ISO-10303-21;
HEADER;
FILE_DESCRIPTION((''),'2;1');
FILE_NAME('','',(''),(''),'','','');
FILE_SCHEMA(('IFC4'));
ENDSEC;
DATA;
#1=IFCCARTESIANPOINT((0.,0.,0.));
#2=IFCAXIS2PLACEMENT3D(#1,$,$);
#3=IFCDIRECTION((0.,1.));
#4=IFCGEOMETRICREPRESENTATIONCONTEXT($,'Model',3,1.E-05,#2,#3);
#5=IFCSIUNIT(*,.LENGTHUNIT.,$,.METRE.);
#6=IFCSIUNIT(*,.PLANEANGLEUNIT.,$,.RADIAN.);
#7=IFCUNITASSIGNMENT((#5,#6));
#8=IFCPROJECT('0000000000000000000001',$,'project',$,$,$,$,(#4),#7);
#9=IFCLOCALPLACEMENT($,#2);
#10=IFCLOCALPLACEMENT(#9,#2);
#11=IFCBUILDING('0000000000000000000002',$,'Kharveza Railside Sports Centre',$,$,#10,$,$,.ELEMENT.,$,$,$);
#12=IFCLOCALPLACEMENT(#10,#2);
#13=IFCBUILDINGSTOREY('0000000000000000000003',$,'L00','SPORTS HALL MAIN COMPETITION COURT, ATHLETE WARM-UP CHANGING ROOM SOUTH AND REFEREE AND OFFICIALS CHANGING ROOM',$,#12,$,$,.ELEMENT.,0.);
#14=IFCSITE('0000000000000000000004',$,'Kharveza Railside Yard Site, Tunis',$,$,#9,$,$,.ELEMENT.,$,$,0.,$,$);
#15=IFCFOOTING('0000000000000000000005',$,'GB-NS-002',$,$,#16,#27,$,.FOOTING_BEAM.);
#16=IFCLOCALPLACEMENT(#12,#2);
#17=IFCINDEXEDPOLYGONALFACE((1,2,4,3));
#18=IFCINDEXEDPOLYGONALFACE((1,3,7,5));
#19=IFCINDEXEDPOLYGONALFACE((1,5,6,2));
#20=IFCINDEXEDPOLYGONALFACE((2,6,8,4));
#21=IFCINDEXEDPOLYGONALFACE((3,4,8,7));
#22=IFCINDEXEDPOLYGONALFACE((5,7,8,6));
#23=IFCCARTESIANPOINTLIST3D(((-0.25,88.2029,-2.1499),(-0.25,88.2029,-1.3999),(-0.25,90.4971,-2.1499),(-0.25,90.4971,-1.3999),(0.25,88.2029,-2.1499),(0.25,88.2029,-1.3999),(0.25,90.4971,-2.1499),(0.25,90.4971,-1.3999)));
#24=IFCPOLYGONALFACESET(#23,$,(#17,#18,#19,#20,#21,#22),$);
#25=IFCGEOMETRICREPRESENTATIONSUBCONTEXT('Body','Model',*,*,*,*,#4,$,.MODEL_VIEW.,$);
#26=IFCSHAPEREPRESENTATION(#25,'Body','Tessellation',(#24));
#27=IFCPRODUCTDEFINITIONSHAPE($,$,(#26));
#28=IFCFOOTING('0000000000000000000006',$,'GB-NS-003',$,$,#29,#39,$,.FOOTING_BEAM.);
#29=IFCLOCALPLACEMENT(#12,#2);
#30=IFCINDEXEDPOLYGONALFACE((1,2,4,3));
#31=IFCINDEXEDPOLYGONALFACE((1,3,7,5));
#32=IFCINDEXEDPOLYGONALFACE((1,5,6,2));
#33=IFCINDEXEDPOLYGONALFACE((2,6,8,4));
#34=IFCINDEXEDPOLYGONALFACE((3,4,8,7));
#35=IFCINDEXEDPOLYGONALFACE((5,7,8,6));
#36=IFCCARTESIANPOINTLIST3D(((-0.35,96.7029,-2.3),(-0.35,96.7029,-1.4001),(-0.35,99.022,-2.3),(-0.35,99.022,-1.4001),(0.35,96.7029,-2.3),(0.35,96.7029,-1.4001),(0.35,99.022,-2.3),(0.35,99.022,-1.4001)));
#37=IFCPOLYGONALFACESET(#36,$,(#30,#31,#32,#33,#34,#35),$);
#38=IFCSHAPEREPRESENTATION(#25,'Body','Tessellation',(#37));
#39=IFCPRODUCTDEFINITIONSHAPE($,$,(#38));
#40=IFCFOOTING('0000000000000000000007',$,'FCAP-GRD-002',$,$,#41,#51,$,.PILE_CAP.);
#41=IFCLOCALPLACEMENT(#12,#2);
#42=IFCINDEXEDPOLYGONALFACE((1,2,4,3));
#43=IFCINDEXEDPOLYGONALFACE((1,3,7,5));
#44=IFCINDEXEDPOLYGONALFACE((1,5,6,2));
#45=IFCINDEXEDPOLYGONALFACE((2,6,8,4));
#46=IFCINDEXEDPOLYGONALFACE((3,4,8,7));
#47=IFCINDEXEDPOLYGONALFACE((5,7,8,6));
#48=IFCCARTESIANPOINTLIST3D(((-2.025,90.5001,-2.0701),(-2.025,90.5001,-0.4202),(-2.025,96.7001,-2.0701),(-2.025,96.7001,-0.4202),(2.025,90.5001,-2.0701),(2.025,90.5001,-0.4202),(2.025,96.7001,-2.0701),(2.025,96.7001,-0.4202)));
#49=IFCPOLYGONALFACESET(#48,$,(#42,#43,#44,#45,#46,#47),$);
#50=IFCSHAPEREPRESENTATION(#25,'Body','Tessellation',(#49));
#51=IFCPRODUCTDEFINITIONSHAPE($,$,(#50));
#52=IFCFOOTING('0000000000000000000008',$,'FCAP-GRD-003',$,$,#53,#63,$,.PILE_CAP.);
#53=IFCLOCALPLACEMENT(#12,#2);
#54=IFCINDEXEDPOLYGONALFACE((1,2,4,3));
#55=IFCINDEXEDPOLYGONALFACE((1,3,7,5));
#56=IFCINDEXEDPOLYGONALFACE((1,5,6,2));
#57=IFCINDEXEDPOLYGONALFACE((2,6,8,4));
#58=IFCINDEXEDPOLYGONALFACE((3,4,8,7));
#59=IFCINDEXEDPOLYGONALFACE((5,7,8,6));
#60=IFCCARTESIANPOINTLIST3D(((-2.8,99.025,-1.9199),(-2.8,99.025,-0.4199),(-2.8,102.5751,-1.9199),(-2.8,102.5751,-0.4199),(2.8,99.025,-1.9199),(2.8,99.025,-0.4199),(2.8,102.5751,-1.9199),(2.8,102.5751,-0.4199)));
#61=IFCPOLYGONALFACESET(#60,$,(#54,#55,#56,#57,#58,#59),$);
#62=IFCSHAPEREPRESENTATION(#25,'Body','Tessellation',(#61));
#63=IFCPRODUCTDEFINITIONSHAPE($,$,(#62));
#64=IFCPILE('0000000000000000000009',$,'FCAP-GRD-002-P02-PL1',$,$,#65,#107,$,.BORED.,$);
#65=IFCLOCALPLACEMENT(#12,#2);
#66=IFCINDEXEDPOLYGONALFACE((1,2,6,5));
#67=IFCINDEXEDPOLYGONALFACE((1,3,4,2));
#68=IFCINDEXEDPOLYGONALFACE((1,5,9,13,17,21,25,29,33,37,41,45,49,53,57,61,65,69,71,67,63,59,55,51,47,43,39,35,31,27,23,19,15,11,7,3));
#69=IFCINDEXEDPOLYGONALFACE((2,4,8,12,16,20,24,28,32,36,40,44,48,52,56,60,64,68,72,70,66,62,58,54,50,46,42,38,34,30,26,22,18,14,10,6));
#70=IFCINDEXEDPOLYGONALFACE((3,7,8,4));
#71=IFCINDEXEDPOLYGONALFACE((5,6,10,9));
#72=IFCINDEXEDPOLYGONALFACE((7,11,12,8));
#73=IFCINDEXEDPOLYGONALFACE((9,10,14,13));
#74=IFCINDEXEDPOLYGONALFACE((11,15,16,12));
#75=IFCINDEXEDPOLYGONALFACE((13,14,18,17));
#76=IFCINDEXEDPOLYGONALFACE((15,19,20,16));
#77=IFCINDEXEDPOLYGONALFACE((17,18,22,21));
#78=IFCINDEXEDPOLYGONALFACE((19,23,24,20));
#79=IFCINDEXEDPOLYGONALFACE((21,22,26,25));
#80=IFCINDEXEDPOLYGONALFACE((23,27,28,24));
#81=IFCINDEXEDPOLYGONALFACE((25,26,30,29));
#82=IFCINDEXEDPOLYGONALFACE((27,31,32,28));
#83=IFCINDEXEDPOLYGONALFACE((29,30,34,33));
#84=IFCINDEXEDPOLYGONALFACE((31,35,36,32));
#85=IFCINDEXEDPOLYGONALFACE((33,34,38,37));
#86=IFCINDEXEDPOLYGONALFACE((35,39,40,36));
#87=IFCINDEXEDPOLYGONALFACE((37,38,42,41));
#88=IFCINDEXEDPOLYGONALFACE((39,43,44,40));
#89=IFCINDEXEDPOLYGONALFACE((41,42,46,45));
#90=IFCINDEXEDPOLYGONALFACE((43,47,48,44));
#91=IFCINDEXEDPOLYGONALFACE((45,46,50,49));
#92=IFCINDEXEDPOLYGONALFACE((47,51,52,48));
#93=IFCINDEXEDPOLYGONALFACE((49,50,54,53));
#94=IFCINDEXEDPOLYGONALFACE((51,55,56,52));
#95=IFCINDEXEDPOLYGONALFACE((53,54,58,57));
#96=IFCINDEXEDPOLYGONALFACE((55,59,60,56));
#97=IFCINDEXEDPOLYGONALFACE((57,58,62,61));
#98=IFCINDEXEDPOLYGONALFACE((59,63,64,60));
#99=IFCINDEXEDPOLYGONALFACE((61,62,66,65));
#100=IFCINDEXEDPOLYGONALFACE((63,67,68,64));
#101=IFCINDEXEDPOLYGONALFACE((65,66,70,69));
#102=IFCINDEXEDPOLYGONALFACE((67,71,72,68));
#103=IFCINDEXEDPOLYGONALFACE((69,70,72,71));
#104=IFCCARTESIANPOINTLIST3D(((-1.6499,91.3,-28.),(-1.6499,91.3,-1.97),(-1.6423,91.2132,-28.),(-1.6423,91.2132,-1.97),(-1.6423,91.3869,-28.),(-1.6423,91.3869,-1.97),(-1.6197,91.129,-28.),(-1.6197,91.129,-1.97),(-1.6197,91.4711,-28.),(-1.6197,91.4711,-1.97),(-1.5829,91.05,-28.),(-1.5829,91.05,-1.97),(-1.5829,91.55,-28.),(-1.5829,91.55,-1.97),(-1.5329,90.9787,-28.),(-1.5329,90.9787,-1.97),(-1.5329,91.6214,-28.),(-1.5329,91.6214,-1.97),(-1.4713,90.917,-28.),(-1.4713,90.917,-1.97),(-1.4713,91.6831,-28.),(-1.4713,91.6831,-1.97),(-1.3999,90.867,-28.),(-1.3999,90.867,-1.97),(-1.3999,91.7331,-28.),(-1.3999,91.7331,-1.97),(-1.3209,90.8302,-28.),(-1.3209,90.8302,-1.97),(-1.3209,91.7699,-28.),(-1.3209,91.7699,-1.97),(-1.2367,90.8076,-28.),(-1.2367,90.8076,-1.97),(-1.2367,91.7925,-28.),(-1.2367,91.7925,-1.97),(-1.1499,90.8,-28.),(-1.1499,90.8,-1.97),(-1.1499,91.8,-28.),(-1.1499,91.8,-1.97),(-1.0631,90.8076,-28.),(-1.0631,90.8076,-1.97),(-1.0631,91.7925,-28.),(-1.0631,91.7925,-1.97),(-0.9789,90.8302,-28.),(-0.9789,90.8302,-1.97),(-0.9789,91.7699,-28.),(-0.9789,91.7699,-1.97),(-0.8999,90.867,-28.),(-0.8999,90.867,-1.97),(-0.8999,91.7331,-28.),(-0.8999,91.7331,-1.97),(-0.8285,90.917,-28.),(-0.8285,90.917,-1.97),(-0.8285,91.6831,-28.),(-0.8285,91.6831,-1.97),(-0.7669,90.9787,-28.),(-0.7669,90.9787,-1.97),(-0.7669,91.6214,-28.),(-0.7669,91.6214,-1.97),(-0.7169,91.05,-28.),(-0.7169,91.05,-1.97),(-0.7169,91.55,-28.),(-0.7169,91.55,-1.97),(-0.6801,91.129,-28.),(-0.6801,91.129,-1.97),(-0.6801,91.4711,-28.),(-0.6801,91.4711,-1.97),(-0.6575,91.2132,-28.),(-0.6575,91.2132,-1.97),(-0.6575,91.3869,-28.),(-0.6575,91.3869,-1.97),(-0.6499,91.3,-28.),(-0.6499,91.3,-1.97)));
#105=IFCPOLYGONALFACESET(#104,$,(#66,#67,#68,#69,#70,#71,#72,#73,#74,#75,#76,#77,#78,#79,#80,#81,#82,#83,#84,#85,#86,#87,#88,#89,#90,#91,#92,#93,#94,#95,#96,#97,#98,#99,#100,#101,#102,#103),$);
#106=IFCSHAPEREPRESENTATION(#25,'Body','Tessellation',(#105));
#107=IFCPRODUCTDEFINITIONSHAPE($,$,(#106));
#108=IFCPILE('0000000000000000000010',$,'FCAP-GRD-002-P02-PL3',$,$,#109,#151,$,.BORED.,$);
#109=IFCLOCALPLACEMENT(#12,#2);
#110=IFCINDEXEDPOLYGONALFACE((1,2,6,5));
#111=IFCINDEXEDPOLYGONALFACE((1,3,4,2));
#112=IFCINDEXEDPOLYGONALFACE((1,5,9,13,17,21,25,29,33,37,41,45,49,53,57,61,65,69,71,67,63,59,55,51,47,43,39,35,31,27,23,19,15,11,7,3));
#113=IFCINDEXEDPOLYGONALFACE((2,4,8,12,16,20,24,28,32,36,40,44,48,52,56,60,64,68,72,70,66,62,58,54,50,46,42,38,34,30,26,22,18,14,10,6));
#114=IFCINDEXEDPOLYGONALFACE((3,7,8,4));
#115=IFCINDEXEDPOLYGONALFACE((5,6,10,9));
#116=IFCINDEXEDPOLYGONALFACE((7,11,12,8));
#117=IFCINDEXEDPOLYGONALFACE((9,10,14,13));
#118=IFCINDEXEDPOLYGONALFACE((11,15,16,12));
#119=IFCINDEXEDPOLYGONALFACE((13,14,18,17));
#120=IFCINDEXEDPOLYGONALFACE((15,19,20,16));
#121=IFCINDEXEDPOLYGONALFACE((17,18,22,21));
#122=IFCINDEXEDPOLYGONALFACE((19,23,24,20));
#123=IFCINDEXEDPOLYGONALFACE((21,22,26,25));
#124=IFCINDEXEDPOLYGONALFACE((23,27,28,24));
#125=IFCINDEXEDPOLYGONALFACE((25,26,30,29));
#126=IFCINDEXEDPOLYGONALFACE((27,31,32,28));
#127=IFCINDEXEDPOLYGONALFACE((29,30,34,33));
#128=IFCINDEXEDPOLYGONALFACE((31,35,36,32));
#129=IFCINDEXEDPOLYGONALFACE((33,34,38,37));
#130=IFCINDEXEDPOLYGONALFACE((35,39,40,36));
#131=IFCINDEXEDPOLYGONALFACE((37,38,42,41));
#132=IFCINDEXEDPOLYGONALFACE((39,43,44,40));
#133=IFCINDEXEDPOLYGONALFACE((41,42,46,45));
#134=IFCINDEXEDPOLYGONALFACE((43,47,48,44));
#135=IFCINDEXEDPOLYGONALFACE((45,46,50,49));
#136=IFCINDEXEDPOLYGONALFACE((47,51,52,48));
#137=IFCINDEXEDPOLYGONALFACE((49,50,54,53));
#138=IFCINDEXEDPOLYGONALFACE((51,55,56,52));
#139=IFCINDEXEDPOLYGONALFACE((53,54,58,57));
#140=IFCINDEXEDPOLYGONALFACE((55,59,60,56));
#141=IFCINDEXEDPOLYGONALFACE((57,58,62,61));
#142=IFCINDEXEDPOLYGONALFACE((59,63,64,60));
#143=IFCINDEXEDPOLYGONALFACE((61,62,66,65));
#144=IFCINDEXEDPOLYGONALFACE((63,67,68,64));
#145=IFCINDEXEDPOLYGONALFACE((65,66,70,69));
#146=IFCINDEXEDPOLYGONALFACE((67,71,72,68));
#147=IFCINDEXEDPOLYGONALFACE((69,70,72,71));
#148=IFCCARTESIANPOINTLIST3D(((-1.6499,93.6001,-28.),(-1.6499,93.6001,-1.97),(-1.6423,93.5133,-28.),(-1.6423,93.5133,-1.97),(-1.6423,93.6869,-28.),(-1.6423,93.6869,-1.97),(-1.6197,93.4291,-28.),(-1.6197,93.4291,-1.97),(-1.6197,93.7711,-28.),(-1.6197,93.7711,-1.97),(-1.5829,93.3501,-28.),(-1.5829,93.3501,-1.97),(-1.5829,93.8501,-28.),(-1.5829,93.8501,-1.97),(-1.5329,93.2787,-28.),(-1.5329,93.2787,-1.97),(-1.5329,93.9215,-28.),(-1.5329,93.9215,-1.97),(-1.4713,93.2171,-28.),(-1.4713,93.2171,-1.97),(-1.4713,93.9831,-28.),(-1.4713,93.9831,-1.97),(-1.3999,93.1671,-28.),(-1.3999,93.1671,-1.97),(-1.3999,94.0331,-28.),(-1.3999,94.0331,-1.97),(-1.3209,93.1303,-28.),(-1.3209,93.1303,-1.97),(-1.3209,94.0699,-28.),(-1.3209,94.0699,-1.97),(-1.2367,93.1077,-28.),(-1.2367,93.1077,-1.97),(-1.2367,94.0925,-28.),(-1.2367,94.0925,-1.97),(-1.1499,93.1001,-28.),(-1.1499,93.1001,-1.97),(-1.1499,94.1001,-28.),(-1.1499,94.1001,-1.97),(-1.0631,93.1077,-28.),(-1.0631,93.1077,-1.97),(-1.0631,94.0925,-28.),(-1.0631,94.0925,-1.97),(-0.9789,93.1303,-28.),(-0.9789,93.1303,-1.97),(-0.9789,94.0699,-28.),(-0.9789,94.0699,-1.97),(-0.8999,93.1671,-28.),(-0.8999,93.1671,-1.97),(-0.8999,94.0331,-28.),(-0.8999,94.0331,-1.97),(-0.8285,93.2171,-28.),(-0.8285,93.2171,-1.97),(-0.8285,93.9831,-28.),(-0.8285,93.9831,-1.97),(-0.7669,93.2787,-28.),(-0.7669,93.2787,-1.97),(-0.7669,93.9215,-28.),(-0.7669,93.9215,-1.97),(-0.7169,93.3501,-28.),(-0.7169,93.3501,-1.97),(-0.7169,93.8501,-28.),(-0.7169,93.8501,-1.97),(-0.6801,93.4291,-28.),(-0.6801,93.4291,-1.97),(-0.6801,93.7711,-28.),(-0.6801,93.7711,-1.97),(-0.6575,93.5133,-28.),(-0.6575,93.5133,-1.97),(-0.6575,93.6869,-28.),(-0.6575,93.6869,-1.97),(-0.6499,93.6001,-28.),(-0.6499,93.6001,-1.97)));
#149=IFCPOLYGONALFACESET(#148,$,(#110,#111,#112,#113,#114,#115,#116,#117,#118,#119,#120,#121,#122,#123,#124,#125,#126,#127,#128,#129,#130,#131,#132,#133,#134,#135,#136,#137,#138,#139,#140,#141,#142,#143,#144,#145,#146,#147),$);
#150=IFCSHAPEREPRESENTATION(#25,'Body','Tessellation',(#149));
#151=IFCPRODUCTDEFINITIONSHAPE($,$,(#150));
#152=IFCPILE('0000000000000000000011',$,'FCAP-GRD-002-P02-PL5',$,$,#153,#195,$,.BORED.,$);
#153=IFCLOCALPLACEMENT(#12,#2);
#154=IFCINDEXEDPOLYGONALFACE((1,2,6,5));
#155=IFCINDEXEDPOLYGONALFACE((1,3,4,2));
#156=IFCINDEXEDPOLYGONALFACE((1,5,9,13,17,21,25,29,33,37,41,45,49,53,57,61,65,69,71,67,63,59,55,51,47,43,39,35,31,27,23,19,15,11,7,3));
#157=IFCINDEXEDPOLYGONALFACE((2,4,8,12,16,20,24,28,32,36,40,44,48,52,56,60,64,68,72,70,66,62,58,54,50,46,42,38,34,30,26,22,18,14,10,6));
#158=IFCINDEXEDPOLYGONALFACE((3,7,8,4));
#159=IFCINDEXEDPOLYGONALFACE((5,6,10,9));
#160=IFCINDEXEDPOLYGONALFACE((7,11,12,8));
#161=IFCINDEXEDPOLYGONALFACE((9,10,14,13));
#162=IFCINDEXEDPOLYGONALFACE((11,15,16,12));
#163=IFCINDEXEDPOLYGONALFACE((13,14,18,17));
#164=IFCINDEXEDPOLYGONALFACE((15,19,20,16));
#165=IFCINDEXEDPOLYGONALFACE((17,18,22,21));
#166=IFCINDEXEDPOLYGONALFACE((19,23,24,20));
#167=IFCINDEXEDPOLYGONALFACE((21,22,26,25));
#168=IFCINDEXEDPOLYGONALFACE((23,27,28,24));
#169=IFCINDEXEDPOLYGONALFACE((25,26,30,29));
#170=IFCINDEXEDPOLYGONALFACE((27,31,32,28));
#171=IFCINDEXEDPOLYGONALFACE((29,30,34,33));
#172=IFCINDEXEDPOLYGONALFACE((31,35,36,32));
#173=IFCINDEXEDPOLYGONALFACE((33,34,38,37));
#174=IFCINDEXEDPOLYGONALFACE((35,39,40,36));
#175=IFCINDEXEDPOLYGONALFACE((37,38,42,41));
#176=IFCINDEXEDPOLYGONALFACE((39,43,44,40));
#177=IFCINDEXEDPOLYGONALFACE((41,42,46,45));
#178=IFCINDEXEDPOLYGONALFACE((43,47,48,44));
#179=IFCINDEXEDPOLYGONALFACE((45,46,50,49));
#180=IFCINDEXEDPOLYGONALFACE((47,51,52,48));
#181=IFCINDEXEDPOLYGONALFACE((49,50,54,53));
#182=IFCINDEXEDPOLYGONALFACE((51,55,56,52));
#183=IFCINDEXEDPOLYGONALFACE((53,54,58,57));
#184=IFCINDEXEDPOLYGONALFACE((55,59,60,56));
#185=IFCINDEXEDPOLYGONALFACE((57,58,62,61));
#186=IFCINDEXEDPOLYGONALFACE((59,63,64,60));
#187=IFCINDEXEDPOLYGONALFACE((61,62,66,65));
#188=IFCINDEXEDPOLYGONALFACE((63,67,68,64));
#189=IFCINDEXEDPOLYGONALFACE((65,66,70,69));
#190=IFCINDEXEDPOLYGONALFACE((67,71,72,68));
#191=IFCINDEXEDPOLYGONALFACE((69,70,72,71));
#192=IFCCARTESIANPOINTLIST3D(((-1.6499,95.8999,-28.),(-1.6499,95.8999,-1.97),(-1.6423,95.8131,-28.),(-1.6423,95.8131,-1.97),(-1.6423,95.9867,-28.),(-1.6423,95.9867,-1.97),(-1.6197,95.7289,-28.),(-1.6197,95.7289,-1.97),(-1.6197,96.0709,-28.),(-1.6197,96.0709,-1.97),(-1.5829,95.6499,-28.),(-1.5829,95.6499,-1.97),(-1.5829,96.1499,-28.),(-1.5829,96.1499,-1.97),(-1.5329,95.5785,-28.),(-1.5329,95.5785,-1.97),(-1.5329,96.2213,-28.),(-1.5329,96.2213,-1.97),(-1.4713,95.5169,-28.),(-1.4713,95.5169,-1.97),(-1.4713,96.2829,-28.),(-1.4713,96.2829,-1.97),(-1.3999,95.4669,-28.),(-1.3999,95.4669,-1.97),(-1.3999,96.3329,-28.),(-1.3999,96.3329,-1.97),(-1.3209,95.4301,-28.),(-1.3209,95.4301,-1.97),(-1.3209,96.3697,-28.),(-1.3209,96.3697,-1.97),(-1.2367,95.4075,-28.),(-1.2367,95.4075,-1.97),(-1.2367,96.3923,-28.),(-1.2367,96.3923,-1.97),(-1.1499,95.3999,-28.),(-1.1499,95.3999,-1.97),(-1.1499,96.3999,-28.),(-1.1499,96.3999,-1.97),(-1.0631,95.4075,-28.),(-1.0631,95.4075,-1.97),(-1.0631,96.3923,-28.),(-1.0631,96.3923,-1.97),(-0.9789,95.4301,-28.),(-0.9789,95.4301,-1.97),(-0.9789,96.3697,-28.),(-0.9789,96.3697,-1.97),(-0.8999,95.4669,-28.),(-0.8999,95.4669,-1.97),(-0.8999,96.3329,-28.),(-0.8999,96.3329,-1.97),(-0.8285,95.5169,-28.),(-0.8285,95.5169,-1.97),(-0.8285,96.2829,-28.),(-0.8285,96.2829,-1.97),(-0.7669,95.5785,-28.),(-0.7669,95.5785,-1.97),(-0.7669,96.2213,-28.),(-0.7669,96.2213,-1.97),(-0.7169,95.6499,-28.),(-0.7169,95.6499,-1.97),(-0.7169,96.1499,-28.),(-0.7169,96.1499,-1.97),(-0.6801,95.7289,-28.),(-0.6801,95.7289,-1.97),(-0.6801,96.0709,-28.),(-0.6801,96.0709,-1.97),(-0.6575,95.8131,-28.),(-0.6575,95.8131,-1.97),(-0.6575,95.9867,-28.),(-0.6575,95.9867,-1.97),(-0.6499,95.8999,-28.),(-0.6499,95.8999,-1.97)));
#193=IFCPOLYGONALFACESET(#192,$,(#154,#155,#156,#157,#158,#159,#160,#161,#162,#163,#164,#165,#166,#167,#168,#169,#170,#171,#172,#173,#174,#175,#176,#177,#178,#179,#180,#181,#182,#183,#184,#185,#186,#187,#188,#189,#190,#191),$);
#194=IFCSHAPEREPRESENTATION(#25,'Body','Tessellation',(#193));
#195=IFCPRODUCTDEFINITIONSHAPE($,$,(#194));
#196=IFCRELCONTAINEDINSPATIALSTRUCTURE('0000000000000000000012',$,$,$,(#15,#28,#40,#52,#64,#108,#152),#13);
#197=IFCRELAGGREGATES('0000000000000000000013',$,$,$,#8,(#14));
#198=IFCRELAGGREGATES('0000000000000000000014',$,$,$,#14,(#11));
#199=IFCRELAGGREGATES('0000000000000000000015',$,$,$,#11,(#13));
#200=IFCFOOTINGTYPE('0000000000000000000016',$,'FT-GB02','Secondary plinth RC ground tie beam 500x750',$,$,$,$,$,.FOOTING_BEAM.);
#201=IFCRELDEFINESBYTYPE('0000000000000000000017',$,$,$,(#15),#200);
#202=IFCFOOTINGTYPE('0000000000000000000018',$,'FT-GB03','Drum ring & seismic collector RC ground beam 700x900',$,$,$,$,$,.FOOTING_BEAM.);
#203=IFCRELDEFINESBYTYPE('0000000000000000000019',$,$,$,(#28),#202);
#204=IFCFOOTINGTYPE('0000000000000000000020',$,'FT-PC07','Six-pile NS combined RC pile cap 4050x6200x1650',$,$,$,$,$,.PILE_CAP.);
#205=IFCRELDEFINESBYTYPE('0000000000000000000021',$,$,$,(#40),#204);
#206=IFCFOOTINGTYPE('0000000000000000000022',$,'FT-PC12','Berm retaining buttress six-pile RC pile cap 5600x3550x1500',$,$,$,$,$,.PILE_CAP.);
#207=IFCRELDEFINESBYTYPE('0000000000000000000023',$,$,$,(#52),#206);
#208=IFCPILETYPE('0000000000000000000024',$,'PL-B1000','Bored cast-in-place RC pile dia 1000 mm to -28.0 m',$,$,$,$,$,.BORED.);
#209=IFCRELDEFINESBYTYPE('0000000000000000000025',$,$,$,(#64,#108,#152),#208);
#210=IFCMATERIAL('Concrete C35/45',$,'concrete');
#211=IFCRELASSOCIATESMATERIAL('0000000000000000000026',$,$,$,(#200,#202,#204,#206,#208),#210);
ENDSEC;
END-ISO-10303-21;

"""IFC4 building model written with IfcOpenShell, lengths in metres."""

from ifc_helpers import new_model, si_unit, direction, frame, origin, origin_2d, place, context, subcontext, project, spatial, rectangle, circle, extrude, material, material_profile, profile_set, type_object, element, save


model = new_model("IFC4")

# Units and contexts
model_context = context("Model", 3, precision=1e-05, world=origin(), true_north=direction((0.0, 1.0)))
body_context = subcontext(model_context, "Body", "Model", "MODEL_VIEW")
ifc_project = project(units=[si_unit("LENGTHUNIT", "METRE"), si_unit("PLANEANGLEUNIT", "RADIAN")], contexts=[model_context])

# Site, building, storey
site_placement = place(None, origin())
site = spatial("IfcSite", under=ifc_project, at=site_placement, Name="Kharveza Railside Yard Site, Tunis", CompositionType="ELEMENT", RefElevation=0.0)
building_placement = place(site_placement, origin())
building = spatial("IfcBuilding", under=site, at=building_placement, Name="Kharveza Railside Sports Centre", CompositionType="ELEMENT")
storey_placement = place(building_placement, origin())
storey = spatial("IfcBuildingStorey", under=building, at=storey_placement, Name="L00", Description="SPORTS HALL MAIN COMPETITION COURT, ATHLETE WARM-UP CHANGING ROOM SOUTH AND REFEREE AND OFFICIALS CHANGING ROOM", CompositionType="ELEMENT", Elevation=0.0)

# Footings
ifc_material_1 = material(Name="Concrete C35/45", Category="concrete")
ifc_material_profile_1 = material_profile(ifc_material_1, rectangle(XDim=0.5, YDim=0.75, at=origin_2d()), Name="GB 500x750")
ifc_profile_set_1 = profile_set([ifc_material_profile_1], Name="Concrete C35/45")
footing_type_1 = type_object("IfcFootingType", Name="FT-GB02", Description="Secondary plinth RC ground tie beam 500x750", PredefinedType="FOOTING_BEAM", material=ifc_profile_set_1)
footing_1_placement = place(storey_placement, frame((0.0, 88.2029, -1.7749), z_axis=(0.0, 1.0, 0.0), x_axis=(-1.0, 0.0, 0.0)))
element("IfcFooting", 1, at=footing_1_placement, inside=storey, type_object=footing_type_1, Name="GB-NS-002", PredefinedType="FOOTING_BEAM", context=body_context, shape_type="SweptSolid", body=[
    extrude(rectangle(XDim=0.5, YDim=0.75, at=origin_2d()), origin(), (0.0, 0.0, 1.0), 2.2942),
])
ifc_material_profile_2 = material_profile(ifc_material_1, rectangle(XDim=0.7, YDim=0.8999, at=origin_2d()), Name="GB 700x900")
ifc_profile_set_2 = profile_set([ifc_material_profile_2], Name="Concrete C35/45")
footing_type_2 = type_object("IfcFootingType", Name="FT-GB03", Description="Drum ring & seismic collector RC ground beam 700x900", PredefinedType="FOOTING_BEAM", material=ifc_profile_set_2)
footing_2_placement = place(storey_placement, frame((0.0, 96.7029, -1.8501), z_axis=(0.0, 1.0, 0.0), x_axis=(-1.0, 0.0, 0.0)))
element("IfcFooting", 2, at=footing_2_placement, inside=storey, type_object=footing_type_2, Name="GB-NS-003", PredefinedType="FOOTING_BEAM", context=body_context, shape_type="SweptSolid", body=[
    extrude(rectangle(XDim=0.7, YDim=0.8999, at=origin_2d()), origin(), (0.0, 0.0, 1.0), 2.3191),
])
footing_type_3 = type_object("IfcFootingType", Name="FT-PC07", Description="Six-pile NS combined RC pile cap 4050x6200x1650", PredefinedType="PILE_CAP", material=ifc_material_1)
footing_3_placement = place(storey_placement, frame((0.0, 93.6001, -2.0701), z_axis=(0.0, 0.0, 1.0), x_axis=(1.0, 0.0, 0.0)))
element("IfcFooting", 3, at=footing_3_placement, inside=storey, type_object=footing_type_3, Name="FCAP-GRD-002", PredefinedType="PILE_CAP", context=body_context, shape_type="SweptSolid", body=[
    extrude(rectangle(XDim=4.05, YDim=6.2, at=origin_2d()), origin(), (0.0, 0.0, 1.0), 1.6499),
])
footing_type_4 = type_object("IfcFootingType", Name="FT-PC12", Description="Berm retaining buttress six-pile RC pile cap 5600x3550x1500", PredefinedType="PILE_CAP", material=ifc_material_1)
footing_4_placement = place(storey_placement, frame((0.0, 100.8, -1.9199), z_axis=(0.0, 0.0, 1.0), x_axis=(1.0, 0.0, 0.0)))
element("IfcFooting", 4, at=footing_4_placement, inside=storey, type_object=footing_type_4, Name="FCAP-GRD-003", PredefinedType="PILE_CAP", context=body_context, shape_type="SweptSolid", body=[
    extrude(rectangle(XDim=5.6001, YDim=3.55, at=origin_2d()), origin(), (0.0, 0.0, 1.0), 1.5),
])

# Piles
ifc_material_profile_3 = material_profile(ifc_material_1, circle(Radius=0.5, at=origin_2d()), Name="PILE D1000")
ifc_profile_set_3 = profile_set([ifc_material_profile_3], Name="Concrete C35/45")
pile_type_1 = type_object("IfcPileType", Name="PL-B1000", Description="Bored cast-in-place RC pile dia 1000 mm to -28.0 m", PredefinedType="BORED", material=ifc_profile_set_3)
for number, where, z_axis, x_axis, name in (
    (5, (-1.1499, 91.3, -1.97), (0.0, 0.0, -1.0), (1.0, 0.0, 0.0), "FCAP-GRD-002-P02-PL1"),
    (6, (-1.1499, 93.6001, -1.97), (0.0, 0.0, -1.0), (1.0, 0.0, 0.0), "FCAP-GRD-002-P02-PL3"),
    (7, (-1.1499, 95.8999, -1.97), (0.0, 0.0, -1.0), (1.0, 0.0, 0.0), "FCAP-GRD-002-P02-PL5"),
):
    element("IfcPile", number, at=place(storey_placement, frame(where, z_axis=z_axis, x_axis=x_axis)), inside=storey, type_object=pile_type_1, Name=name, PredefinedType="BORED", context=body_context, shape_type="SweptSolid", body=[
        extrude(circle(Radius=0.5, at=origin_2d()), origin(), (0.0, 0.0, 1.0), 26.03),
    ])

save(model, "model.ifc")
